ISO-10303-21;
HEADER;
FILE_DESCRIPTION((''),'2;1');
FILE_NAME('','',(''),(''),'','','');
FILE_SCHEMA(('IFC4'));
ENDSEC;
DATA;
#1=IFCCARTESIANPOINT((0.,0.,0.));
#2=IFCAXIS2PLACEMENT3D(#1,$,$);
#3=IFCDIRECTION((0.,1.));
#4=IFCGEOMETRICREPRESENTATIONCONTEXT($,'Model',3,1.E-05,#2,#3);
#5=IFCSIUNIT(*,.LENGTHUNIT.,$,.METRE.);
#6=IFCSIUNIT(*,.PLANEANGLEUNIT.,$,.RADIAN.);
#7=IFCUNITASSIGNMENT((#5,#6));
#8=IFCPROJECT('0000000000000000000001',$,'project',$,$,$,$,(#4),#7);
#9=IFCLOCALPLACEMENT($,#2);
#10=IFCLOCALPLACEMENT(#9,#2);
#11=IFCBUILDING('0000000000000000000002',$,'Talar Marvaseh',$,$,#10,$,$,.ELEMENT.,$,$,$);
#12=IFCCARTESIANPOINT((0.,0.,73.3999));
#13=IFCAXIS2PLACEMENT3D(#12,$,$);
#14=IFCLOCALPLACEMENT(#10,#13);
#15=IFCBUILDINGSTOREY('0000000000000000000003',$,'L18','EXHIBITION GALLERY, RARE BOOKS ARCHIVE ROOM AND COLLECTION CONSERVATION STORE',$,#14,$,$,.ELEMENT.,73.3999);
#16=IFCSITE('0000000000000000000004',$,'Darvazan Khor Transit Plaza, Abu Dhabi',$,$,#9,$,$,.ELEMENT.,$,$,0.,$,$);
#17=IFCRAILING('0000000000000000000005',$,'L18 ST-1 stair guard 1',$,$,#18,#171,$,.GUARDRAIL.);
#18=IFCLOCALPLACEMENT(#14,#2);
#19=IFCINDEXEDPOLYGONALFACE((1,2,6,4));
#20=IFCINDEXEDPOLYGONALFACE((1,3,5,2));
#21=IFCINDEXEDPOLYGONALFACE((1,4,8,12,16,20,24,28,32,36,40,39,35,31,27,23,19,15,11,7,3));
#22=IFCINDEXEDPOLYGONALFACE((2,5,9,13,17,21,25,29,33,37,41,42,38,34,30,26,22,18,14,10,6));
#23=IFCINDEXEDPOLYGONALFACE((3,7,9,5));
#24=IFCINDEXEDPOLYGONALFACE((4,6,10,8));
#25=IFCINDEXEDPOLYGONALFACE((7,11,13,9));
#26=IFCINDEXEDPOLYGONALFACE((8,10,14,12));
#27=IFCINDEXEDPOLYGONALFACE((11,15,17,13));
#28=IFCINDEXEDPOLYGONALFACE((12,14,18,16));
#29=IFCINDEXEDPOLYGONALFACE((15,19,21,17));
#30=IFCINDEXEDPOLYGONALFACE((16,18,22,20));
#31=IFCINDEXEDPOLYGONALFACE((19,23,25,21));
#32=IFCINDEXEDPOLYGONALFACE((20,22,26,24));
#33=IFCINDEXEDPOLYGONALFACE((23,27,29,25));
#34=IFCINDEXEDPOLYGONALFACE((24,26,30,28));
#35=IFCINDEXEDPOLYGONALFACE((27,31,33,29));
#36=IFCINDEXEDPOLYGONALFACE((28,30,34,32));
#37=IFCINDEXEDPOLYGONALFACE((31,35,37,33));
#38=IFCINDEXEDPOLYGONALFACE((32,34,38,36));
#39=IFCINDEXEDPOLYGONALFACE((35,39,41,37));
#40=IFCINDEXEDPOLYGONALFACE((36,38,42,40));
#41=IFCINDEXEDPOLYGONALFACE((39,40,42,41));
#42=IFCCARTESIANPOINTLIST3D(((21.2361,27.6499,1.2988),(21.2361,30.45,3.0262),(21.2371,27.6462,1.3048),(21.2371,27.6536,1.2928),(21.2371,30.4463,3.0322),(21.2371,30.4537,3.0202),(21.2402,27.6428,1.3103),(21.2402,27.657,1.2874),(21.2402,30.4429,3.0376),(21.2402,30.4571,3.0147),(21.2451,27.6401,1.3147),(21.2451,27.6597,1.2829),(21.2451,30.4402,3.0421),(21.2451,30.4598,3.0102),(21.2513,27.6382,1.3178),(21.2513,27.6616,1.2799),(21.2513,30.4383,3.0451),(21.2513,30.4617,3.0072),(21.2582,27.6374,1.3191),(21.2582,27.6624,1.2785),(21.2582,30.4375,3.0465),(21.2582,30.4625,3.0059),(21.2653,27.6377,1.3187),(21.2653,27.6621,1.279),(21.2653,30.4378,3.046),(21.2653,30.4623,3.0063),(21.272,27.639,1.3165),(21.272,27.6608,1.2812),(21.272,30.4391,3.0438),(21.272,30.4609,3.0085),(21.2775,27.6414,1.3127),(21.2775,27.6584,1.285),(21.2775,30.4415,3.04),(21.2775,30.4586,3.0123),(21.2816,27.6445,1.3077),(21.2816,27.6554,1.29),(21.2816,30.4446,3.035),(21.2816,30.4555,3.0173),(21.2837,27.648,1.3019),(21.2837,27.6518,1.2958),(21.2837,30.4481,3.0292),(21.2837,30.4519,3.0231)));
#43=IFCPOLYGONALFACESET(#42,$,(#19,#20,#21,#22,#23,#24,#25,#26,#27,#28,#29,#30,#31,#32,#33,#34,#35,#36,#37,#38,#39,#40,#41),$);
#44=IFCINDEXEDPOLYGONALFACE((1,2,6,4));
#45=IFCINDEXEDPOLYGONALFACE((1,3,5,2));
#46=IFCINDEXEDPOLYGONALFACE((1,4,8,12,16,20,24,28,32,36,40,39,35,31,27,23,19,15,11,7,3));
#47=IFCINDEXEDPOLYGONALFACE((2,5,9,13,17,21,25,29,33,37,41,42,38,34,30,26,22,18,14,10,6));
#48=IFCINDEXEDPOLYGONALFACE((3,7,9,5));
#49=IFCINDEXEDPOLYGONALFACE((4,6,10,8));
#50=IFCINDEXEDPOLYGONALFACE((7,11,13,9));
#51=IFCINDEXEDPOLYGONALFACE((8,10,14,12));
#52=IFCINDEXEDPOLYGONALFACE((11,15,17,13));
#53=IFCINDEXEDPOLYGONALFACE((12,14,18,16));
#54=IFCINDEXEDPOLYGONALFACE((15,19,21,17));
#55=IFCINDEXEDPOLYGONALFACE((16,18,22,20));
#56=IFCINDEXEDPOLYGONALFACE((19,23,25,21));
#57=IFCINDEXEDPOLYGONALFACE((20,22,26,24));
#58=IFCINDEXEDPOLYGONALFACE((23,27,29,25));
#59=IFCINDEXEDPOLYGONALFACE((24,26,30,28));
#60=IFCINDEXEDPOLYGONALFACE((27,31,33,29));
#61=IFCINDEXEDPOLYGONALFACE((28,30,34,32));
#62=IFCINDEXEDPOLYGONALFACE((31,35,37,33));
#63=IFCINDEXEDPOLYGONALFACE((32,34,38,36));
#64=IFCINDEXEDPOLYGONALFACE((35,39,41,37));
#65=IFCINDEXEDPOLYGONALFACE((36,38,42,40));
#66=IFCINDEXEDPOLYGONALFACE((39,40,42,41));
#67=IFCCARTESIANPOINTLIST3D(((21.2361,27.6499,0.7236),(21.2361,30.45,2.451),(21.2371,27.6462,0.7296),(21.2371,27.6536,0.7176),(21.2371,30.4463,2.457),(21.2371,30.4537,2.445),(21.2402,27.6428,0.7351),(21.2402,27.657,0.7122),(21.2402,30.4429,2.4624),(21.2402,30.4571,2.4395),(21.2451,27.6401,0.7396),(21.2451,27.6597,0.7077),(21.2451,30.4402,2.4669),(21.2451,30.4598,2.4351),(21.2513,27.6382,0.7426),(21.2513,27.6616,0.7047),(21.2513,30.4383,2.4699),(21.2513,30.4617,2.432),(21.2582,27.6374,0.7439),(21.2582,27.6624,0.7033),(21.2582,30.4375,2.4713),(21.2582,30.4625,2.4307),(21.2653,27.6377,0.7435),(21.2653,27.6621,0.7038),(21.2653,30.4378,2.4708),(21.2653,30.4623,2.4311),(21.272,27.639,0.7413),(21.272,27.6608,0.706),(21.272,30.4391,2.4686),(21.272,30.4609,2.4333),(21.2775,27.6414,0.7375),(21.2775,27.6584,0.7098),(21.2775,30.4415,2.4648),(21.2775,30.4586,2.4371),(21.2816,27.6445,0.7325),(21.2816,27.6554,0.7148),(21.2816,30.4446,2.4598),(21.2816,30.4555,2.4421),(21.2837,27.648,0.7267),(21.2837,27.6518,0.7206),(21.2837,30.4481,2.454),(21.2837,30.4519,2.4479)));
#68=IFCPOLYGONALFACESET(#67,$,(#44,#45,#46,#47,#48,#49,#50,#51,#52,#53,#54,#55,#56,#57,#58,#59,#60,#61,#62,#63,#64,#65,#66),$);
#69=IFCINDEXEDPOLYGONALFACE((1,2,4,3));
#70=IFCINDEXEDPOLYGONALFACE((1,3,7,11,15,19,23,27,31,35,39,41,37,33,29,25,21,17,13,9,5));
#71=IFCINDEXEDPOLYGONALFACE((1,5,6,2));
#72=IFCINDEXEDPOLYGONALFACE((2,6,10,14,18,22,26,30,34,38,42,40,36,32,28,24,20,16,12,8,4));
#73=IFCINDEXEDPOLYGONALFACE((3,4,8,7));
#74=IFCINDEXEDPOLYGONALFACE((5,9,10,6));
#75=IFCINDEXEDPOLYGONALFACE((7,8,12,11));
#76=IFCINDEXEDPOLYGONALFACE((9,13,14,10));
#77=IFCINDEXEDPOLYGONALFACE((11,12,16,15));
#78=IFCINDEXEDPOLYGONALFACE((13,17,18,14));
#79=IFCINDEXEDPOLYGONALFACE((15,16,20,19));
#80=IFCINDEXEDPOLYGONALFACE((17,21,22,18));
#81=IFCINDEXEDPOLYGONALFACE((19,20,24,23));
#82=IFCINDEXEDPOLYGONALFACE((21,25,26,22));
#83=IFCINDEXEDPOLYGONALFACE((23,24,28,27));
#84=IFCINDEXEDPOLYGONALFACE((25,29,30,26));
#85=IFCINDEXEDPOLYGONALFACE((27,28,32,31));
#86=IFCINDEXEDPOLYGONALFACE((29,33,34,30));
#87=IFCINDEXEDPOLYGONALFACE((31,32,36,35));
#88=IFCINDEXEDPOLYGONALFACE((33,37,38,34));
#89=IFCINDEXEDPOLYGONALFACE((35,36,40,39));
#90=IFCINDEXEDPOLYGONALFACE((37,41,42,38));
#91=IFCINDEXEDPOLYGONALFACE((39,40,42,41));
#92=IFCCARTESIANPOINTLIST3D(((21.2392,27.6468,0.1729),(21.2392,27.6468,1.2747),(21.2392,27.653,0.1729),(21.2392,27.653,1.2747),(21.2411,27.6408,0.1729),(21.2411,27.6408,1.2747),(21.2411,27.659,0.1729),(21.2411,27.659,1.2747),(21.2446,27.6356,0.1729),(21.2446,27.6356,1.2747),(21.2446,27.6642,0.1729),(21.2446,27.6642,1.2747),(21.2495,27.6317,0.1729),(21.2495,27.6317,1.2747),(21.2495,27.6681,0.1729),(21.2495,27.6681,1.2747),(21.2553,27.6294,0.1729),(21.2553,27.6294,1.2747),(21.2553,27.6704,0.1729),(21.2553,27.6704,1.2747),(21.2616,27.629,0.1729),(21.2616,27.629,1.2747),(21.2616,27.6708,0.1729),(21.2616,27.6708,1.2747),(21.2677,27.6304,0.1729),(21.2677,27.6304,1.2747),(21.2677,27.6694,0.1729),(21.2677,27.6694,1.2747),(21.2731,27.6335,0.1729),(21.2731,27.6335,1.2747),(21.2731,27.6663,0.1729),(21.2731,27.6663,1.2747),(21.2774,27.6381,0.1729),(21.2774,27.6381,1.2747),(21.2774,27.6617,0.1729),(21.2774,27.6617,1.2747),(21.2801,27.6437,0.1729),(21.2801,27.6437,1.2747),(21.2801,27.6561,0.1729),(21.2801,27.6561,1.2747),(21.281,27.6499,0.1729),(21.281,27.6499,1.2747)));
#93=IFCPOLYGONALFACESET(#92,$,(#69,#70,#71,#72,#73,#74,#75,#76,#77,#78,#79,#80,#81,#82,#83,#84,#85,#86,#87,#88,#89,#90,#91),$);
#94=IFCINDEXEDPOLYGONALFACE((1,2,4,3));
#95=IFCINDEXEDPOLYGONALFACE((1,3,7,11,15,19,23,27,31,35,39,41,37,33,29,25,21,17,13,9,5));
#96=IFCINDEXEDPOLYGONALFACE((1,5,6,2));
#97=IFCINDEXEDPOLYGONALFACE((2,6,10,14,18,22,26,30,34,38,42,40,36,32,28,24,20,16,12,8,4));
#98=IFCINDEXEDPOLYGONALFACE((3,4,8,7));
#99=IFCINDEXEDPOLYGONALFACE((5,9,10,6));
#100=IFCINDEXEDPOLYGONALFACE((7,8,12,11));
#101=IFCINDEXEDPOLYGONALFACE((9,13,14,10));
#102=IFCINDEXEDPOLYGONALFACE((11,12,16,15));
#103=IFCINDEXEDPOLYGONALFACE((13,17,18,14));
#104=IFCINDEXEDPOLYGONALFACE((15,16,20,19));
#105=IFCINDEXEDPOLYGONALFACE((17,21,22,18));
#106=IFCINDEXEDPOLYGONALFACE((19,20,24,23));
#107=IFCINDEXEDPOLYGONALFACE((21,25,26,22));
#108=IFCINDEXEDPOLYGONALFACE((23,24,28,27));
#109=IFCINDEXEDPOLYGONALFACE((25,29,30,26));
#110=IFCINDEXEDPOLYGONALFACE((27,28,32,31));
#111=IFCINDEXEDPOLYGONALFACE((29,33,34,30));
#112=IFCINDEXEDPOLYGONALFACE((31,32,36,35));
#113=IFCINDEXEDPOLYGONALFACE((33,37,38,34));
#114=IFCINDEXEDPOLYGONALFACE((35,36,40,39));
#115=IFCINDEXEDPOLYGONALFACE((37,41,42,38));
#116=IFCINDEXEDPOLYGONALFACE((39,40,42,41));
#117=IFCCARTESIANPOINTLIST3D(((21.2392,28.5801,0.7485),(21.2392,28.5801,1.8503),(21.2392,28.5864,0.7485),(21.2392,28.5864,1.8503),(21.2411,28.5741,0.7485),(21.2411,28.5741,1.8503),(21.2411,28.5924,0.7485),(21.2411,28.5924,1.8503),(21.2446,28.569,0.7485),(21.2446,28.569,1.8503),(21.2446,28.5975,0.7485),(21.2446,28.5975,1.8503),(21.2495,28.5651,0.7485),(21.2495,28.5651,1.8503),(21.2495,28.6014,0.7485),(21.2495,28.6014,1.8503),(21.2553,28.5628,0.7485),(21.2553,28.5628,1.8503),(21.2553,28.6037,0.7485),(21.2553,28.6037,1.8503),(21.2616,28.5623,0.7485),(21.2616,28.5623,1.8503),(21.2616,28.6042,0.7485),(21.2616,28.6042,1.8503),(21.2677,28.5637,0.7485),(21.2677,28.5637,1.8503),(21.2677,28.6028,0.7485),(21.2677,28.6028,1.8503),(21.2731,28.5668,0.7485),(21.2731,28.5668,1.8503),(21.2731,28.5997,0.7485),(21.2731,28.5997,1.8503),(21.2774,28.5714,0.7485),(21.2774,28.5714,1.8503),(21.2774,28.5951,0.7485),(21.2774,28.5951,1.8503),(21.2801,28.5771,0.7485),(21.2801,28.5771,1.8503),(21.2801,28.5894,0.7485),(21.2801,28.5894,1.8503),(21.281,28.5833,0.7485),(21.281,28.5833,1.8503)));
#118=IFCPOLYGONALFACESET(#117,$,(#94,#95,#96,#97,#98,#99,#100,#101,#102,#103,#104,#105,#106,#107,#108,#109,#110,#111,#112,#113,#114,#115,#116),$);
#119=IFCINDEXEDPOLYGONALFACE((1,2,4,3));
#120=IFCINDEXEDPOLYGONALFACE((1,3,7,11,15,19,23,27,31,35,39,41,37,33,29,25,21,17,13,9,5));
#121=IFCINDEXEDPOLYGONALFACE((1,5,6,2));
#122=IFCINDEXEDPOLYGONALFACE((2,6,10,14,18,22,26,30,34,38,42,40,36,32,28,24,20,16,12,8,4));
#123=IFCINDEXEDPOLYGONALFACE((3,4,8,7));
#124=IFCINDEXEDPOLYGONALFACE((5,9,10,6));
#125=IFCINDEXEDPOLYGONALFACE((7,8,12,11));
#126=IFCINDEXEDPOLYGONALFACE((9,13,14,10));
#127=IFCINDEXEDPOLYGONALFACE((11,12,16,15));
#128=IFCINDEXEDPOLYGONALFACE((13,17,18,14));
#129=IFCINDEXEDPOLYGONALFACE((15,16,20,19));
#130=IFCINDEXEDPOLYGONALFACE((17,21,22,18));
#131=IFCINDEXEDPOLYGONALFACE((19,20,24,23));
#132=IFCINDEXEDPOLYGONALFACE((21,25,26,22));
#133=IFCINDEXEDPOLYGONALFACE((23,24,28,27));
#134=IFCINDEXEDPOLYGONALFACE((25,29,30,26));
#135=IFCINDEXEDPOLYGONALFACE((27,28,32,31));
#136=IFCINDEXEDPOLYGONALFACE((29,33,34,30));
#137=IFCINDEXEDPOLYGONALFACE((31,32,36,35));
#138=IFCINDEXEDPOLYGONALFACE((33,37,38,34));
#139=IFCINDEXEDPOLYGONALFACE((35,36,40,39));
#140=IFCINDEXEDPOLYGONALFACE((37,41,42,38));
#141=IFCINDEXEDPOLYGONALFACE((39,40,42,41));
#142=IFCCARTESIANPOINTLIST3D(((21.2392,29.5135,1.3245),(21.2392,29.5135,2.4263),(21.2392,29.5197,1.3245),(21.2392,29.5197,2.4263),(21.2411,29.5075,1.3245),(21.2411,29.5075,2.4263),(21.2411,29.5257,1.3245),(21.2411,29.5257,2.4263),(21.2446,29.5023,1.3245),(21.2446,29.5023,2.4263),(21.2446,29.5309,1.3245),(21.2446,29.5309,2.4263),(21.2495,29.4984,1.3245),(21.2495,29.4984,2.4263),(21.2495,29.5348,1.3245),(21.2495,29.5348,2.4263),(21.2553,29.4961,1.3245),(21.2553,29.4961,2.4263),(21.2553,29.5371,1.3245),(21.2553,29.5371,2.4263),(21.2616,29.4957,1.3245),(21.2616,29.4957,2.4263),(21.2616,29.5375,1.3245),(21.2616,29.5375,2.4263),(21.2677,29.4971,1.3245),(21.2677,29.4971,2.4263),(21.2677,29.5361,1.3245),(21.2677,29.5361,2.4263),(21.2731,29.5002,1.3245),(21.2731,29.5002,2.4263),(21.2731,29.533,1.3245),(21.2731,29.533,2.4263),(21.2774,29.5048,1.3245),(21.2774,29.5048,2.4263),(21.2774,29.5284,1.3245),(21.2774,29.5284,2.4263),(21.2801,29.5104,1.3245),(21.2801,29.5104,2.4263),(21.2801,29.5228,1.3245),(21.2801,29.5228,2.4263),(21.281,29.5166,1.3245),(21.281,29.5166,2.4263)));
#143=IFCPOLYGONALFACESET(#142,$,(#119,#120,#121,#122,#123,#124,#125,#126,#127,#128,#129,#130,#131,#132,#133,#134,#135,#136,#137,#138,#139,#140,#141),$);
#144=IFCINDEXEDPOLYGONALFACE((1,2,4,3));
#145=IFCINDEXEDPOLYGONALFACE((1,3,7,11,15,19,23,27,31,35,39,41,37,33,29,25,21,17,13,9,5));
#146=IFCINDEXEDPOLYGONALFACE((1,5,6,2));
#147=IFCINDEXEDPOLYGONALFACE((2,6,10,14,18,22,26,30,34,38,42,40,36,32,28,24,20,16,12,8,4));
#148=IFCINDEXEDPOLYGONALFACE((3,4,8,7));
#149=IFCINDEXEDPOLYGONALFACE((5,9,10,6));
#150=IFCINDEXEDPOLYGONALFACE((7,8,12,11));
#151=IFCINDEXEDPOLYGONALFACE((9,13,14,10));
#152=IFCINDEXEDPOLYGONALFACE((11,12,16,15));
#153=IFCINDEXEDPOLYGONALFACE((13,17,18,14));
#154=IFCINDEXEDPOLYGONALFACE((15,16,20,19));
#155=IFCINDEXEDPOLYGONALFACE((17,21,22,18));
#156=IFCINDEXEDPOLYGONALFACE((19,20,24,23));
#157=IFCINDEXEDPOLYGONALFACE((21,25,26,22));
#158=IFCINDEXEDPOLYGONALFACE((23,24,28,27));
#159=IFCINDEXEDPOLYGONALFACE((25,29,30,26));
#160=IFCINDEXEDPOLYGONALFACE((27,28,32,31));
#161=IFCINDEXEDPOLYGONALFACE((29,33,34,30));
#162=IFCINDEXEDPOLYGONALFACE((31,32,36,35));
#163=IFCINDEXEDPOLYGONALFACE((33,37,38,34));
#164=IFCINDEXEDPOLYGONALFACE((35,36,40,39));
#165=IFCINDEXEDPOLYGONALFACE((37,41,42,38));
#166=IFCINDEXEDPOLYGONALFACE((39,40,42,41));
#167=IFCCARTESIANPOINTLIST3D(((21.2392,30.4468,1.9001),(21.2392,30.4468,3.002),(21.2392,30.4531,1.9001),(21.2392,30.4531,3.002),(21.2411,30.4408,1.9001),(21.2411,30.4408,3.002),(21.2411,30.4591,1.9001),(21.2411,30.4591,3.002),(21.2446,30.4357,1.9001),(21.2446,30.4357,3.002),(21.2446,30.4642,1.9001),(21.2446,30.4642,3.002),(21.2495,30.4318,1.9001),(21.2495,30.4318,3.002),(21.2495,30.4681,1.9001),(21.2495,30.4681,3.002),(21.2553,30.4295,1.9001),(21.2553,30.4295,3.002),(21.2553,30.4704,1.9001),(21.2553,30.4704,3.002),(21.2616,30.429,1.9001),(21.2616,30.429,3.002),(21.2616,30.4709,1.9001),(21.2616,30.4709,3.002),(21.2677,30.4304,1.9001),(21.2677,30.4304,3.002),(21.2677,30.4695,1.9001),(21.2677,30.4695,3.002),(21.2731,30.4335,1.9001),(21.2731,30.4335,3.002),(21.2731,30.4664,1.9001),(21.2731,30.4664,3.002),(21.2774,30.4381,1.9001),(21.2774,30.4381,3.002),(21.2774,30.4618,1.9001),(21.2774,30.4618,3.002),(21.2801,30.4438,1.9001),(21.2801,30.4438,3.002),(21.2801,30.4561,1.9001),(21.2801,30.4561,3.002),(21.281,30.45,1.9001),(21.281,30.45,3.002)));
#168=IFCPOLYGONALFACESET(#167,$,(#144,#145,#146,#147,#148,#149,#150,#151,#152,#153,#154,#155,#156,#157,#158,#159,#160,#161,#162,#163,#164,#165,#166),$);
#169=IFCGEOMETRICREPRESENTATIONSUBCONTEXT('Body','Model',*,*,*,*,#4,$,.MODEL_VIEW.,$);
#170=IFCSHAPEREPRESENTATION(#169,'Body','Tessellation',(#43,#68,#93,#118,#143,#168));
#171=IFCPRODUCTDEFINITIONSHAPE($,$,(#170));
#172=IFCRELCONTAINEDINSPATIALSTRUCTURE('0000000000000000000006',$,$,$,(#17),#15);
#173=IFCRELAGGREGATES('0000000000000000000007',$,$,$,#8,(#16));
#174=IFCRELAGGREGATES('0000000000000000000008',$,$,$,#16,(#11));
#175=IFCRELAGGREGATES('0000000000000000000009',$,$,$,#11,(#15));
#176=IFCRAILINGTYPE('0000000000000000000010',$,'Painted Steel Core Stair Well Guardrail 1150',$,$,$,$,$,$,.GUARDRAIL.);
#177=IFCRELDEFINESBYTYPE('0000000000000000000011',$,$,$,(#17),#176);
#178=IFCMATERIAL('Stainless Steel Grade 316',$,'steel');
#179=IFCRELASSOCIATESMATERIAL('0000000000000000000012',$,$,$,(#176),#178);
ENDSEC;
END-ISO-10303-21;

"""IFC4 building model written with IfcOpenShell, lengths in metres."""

from ifc_helpers import new_model, si_unit, direction, frame, origin, origin_2d, place, context, subcontext, project, spatial, circle, extrude, material, type_object, element, save


model = new_model("IFC4")

# Units and contexts
model_context = context("Model", 3, precision=1e-05, world=origin(), true_north=direction((0.0, 1.0)))
body_context = subcontext(model_context, "Body", "Model", "MODEL_VIEW")
ifc_project = project(units=[si_unit("LENGTHUNIT", "METRE"), si_unit("PLANEANGLEUNIT", "RADIAN")], contexts=[model_context])

# Site, building, storey
site_placement = place(None, origin())
site = spatial("IfcSite", under=ifc_project, at=site_placement, Name="Darvazan Khor Transit Plaza, Abu Dhabi", CompositionType="ELEMENT", RefElevation=0.0)
building_placement = place(site_placement, origin())
building = spatial("IfcBuilding", under=site, at=building_placement, Name="Talar Marvaseh", CompositionType="ELEMENT")
storey_placement = place(building_placement, frame((0.0, 0.0, 73.3999)))
storey = spatial("IfcBuildingStorey", under=building, at=storey_placement, Name="L18", Description="EXHIBITION GALLERY, RARE BOOKS ARCHIVE ROOM AND COLLECTION CONSERVATION STORE", CompositionType="ELEMENT", Elevation=73.3999)

# Railing
ifc_material_1 = material(Name="Stainless Steel Grade 316", Category="steel")
railing_type_1 = type_object("IfcRailingType", Name="Painted Steel Core Stair Well Guardrail 1150", PredefinedType="GUARDRAIL", material=ifc_material_1)
railing_1_placement = place(storey_placement, frame((21.26, 27.6499, 0.1729)))
element("IfcRailing", 1, at=railing_1_placement, inside=storey, type_object=railing_type_1, Name="L18 ST-1 stair guard 1", PredefinedType="GUARDRAIL", context=body_context, shape_type="SweptSolid", body=[
    extrude(circle(Radius=0.0239, at=origin_2d()), frame((0.0, 0.0, 1.126), z_axis=(0.0, 0.85109, 0.52502), x_axis=(-1.0, 0.0, 0.0)), (0.0, 0.0, 1.0), 3.29),
    extrude(circle(Radius=0.0239, at=origin_2d()), frame((0.0, 0.0, 0.5508), z_axis=(0.0, 0.85109, 0.52502), x_axis=(-1.0, 0.0, 0.0)), (0.0, 0.0, 1.0), 3.29),
    extrude(circle(Radius=0.021, at=origin_2d()), origin(), (0.0, 0.0, 1.0), 1.1018),
    extrude(circle(Radius=0.021, at=origin_2d()), frame((0.0, 0.9333, 0.5757)), (0.0, 0.0, 1.0), 1.1018),
    extrude(circle(Radius=0.021, at=origin_2d()), frame((0.0, 1.8667, 1.1516)), (0.0, 0.0, 1.0), 1.1018),
    extrude(circle(Radius=0.021, at=origin_2d()), frame((0.0, 2.8, 1.7273)), (0.0, 0.0, 1.0), 1.1018),
])

save(model, "model.ifc")
